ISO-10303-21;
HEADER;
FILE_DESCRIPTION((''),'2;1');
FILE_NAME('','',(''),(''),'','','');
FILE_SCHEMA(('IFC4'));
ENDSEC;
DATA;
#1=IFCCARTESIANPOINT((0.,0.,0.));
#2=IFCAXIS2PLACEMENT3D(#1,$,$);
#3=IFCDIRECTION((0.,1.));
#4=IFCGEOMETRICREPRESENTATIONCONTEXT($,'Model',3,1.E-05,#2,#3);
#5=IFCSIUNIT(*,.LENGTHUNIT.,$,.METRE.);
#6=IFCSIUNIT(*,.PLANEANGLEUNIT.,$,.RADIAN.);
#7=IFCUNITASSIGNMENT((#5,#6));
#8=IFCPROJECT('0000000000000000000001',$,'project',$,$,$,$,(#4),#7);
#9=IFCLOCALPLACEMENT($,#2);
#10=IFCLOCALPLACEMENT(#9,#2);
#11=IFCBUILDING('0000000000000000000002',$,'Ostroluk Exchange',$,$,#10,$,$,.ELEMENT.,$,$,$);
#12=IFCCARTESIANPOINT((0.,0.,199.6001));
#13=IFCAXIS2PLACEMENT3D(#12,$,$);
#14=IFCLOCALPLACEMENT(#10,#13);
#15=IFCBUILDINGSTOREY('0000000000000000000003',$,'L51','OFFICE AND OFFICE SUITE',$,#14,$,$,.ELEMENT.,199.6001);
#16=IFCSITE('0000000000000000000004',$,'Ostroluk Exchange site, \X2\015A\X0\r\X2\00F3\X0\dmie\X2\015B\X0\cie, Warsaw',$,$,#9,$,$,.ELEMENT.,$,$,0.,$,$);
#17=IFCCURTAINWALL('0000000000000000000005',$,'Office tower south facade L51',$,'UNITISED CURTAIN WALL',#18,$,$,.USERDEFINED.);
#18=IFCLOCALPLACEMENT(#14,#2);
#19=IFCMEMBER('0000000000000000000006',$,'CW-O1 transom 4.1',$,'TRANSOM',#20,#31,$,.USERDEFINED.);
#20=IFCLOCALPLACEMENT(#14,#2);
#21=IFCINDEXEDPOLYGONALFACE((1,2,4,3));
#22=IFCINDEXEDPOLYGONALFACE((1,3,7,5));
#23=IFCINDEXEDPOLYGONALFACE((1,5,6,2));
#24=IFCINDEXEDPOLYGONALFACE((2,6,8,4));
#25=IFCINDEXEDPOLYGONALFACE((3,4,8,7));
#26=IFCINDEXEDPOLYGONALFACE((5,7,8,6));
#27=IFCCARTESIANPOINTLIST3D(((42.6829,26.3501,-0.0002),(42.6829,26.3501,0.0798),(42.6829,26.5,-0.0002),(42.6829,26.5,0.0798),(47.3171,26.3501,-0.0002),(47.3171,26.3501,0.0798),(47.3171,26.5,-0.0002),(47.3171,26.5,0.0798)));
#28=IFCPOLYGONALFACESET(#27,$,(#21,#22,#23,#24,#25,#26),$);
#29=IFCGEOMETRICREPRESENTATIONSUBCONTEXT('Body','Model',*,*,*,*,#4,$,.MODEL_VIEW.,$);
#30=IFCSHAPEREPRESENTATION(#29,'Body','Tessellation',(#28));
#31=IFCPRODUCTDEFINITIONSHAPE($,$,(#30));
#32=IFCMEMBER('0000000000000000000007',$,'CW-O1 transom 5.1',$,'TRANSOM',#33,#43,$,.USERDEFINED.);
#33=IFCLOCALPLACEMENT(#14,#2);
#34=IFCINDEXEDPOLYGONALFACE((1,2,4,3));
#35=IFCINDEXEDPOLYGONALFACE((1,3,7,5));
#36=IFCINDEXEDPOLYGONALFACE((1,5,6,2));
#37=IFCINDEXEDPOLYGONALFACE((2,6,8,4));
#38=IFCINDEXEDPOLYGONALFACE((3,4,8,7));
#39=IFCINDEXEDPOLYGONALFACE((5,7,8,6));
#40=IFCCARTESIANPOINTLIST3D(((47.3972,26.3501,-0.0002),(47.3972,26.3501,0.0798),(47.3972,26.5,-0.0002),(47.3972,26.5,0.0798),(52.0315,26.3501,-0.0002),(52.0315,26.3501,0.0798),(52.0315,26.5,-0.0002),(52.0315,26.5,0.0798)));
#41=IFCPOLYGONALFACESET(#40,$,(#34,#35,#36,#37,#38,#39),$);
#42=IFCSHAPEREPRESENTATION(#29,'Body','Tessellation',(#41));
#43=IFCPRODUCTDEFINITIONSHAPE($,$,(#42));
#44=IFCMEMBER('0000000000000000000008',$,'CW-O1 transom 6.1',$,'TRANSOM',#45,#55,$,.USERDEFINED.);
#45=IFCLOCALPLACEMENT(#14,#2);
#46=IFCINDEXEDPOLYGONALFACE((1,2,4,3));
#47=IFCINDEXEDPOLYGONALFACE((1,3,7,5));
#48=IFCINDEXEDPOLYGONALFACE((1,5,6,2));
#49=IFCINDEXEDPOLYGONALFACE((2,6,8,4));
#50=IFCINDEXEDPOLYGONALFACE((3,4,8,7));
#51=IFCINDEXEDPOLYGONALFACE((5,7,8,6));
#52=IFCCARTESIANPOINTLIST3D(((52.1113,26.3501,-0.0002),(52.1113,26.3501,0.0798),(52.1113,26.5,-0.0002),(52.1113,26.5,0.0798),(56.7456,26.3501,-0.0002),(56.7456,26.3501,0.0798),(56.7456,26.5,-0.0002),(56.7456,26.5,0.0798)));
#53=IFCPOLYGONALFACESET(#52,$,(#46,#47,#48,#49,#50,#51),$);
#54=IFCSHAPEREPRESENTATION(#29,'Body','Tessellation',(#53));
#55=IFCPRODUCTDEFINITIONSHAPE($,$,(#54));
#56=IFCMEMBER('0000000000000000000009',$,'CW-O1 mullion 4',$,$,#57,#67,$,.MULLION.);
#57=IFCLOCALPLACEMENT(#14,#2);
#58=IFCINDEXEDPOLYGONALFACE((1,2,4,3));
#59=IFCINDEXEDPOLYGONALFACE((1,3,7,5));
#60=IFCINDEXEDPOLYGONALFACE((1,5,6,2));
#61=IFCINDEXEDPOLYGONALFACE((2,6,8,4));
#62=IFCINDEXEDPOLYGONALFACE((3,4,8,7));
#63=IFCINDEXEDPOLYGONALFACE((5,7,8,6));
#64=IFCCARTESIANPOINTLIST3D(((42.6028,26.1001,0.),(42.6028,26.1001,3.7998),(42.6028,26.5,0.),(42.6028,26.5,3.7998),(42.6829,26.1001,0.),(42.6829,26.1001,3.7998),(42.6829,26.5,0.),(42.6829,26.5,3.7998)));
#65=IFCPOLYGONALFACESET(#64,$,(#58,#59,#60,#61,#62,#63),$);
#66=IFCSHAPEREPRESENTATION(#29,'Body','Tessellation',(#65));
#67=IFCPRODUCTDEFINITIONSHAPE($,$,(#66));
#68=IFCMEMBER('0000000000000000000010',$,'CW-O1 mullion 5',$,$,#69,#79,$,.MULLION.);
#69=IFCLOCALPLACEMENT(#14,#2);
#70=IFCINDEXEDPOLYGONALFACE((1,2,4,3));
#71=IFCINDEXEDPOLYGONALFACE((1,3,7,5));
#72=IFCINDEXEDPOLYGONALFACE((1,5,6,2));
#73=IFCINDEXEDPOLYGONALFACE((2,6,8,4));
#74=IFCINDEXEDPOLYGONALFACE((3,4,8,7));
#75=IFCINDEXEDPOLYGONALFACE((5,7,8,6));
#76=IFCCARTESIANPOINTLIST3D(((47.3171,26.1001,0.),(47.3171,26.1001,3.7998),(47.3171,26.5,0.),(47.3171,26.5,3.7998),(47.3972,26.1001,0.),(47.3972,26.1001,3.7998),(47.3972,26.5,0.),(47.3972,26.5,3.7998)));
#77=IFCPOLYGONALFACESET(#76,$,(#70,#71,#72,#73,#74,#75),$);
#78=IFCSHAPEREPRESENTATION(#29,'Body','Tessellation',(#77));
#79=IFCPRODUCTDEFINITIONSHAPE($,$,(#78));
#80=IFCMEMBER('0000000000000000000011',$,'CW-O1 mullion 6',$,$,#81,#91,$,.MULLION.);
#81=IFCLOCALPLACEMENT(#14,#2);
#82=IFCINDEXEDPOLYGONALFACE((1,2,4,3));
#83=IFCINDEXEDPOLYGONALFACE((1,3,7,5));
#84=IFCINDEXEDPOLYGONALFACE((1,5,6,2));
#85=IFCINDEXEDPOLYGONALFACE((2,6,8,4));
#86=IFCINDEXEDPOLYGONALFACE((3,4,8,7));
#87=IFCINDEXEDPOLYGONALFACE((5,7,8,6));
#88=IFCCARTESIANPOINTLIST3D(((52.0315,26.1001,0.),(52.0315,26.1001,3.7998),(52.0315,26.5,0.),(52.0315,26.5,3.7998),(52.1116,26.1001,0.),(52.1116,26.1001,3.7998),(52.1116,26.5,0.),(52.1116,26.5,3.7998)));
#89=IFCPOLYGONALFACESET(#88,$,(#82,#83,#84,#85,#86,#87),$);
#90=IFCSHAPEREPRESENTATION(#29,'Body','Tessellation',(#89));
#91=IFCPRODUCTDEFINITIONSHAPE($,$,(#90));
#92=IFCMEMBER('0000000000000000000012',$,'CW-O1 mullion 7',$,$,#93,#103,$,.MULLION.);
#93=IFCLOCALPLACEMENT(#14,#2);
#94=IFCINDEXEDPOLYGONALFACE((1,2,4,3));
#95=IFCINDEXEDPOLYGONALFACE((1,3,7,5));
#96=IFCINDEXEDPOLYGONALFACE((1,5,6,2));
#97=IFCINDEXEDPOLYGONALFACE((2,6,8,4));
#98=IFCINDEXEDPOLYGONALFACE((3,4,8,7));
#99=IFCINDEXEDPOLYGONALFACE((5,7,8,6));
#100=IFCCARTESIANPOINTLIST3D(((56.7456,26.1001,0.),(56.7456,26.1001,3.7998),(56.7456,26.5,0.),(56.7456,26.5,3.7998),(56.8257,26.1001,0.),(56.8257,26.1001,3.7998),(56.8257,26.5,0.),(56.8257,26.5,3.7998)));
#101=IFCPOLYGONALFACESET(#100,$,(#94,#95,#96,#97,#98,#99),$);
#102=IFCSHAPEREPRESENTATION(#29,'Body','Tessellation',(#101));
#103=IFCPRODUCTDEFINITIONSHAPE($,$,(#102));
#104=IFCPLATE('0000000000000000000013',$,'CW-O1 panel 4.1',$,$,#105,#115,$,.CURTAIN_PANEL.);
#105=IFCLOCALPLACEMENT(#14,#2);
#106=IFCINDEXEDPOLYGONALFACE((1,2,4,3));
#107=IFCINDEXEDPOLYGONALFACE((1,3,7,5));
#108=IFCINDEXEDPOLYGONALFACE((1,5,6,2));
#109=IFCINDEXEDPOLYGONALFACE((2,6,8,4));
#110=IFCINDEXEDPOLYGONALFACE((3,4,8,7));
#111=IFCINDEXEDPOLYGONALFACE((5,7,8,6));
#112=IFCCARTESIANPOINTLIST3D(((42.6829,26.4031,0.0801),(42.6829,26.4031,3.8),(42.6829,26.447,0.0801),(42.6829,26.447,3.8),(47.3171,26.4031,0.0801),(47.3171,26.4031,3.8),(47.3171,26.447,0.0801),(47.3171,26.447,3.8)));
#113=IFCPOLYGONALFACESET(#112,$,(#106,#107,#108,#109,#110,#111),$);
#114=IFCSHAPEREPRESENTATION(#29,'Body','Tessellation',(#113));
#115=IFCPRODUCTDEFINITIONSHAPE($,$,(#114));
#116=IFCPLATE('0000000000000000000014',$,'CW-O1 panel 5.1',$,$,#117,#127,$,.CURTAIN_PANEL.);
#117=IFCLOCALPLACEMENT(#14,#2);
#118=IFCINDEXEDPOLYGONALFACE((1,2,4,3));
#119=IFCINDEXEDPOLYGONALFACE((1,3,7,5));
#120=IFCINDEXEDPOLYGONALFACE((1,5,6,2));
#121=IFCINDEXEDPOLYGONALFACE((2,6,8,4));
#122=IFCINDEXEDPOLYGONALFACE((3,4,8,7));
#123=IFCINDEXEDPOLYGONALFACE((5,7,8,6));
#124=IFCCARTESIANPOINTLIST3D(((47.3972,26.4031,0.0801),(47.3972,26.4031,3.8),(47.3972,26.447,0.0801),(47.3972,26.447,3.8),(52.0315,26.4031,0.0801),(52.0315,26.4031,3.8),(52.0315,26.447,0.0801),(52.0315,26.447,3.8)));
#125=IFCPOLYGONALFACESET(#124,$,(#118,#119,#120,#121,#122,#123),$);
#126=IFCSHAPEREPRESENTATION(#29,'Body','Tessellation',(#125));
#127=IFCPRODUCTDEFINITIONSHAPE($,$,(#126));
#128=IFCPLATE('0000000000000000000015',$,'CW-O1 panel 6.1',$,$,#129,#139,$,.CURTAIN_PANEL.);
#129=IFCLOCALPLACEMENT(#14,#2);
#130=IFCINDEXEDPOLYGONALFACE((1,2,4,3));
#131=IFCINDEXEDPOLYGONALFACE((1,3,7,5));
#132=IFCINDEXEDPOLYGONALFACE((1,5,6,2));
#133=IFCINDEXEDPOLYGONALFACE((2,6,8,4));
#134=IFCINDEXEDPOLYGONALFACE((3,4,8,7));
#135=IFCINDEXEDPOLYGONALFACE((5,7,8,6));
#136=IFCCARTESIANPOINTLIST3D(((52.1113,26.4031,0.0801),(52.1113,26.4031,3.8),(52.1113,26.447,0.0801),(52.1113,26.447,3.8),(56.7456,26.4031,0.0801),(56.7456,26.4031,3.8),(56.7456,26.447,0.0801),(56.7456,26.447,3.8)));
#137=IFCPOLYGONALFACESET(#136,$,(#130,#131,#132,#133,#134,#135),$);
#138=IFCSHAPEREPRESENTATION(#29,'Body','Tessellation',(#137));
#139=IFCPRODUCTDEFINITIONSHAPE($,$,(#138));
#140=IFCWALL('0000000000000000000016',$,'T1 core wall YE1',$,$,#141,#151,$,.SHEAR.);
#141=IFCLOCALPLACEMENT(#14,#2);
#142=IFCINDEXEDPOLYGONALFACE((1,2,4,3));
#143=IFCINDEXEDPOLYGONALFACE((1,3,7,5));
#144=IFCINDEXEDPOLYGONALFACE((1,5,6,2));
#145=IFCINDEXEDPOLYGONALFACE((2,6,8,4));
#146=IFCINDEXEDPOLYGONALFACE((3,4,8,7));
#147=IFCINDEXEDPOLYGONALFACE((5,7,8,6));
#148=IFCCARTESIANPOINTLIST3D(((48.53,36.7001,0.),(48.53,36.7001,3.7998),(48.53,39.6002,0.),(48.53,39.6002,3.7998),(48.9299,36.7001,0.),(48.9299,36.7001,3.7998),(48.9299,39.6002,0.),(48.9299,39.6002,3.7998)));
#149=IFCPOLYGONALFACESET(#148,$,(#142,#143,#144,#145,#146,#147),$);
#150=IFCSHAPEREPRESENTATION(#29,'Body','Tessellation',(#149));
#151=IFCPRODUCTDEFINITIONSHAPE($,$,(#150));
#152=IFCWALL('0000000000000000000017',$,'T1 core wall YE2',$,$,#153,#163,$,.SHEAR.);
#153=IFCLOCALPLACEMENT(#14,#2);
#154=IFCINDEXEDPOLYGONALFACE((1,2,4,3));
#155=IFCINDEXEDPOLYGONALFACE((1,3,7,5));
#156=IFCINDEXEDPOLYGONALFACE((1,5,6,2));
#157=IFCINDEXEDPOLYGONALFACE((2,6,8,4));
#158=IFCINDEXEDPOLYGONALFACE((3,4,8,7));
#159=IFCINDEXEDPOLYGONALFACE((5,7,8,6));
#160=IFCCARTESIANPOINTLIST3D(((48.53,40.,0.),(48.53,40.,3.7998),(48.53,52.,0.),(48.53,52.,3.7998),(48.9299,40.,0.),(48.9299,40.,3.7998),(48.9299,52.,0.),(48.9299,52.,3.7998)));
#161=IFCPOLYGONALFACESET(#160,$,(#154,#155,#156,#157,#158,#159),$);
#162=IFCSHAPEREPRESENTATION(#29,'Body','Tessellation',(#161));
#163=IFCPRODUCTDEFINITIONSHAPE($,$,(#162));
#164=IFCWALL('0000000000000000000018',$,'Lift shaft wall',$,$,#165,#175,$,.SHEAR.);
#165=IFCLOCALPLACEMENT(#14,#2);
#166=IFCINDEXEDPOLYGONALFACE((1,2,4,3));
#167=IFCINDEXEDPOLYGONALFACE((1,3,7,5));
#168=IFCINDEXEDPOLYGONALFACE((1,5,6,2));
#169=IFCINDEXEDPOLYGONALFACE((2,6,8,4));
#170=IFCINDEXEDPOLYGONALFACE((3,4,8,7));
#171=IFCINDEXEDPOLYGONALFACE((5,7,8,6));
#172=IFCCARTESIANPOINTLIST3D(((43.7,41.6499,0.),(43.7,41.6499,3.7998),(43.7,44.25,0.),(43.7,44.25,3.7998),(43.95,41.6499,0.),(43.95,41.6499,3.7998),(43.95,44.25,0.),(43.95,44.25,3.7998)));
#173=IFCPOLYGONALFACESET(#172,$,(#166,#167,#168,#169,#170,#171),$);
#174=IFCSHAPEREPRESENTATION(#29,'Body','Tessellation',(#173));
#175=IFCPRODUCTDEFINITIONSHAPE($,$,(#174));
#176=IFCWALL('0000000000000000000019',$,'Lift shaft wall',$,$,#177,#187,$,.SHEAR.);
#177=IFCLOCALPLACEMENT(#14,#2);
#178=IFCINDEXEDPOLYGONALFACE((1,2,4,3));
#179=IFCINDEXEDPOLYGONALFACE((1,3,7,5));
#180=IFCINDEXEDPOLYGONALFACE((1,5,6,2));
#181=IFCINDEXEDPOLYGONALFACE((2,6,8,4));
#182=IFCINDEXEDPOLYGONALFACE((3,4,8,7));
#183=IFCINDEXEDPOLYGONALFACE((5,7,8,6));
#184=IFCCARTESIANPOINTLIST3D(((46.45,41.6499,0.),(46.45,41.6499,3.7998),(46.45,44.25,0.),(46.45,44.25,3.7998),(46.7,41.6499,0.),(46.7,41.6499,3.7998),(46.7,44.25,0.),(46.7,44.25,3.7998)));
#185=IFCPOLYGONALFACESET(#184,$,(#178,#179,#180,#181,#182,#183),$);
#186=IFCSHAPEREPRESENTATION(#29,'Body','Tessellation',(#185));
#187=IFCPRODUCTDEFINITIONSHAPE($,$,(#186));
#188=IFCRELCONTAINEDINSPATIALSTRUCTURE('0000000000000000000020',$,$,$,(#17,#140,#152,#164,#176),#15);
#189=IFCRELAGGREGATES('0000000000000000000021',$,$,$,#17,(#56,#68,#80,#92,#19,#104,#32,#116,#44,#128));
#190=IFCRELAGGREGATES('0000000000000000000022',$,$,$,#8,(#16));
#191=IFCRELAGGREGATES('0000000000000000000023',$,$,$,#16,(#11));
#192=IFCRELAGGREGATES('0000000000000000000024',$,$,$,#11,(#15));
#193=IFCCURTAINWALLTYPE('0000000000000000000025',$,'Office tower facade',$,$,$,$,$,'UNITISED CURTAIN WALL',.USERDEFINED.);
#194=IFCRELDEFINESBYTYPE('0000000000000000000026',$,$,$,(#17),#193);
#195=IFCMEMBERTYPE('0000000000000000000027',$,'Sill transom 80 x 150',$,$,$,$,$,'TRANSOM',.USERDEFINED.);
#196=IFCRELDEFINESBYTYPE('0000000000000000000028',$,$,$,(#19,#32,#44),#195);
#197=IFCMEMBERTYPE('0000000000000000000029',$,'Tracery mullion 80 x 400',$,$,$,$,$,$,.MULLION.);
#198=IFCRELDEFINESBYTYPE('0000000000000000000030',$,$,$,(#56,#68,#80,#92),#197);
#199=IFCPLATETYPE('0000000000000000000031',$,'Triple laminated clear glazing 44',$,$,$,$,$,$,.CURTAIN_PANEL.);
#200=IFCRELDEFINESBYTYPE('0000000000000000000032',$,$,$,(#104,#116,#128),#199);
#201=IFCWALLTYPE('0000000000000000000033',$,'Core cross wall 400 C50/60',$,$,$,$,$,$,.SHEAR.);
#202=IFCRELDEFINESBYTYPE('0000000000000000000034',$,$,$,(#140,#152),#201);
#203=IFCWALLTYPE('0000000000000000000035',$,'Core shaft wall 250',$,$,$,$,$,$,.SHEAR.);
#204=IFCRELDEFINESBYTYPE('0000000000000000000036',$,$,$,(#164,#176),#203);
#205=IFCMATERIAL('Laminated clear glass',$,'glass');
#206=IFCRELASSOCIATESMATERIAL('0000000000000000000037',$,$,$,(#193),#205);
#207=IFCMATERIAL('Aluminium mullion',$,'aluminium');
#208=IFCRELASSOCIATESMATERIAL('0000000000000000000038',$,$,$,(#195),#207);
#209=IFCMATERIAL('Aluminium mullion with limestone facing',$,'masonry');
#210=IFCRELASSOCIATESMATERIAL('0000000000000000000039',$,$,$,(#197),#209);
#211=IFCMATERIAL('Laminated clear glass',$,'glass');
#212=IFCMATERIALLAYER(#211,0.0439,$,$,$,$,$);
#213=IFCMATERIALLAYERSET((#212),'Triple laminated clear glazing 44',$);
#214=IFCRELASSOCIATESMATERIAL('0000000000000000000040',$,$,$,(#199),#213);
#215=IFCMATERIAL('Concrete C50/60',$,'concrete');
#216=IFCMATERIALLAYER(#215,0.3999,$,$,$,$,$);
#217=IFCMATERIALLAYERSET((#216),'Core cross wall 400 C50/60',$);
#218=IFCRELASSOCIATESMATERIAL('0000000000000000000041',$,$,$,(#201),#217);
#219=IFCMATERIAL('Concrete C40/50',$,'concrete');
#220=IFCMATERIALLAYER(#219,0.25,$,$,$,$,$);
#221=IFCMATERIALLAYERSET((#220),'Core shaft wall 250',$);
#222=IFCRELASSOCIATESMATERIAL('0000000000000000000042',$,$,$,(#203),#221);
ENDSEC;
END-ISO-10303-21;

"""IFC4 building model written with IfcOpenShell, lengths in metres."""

from ifc_helpers import new_model, si_unit, direction, frame, frame_2d, origin, origin_2d, place, context, subcontext, project, spatial, rectangle, extrude, material, layer, layer_set, material_profile, profile_set, type_object, element, aggregate, save


model = new_model("IFC4")

# Units and contexts
model_context = context("Model", 3, precision=1e-05, world=origin(), true_north=direction((0.0, 1.0)))
body_context = subcontext(model_context, "Body", "Model", "MODEL_VIEW")
ifc_project = project(units=[si_unit("LENGTHUNIT", "METRE"), si_unit("PLANEANGLEUNIT", "RADIAN")], contexts=[model_context])

# Site, building, storey
site_placement = place(None, origin())
site = spatial("IfcSite", under=ifc_project, at=site_placement, Name="Ostroluk Exchange site, Śródmieście, Warsaw", CompositionType="ELEMENT", RefElevation=0.0)
building_placement = place(site_placement, origin())
building = spatial("IfcBuilding", under=site, at=building_placement, Name="Ostroluk Exchange", CompositionType="ELEMENT")
storey_placement = place(building_placement, frame((0.0, 0.0, 199.6001)))
storey = spatial("IfcBuildingStorey", under=building, at=storey_placement, Name="L51", Description="OFFICE AND OFFICE SUITE", CompositionType="ELEMENT", Elevation=199.6001)

# Curtain wall, members, plates
ifc_material_1 = material(Name="Laminated clear glass", Category="glass")
curtain_wall_type = type_object("IfcCurtainWallType", Name="Office tower facade", ElementType="UNITISED CURTAIN WALL", PredefinedType="USERDEFINED", material=ifc_material_1)
curtain_wall_placement = place(storey_placement, origin())
curtain_wall = element("IfcCurtainWall", 1, at=curtain_wall_placement, inside=storey, type_object=curtain_wall_type, Name="Office tower south facade L51", ObjectType="UNITISED CURTAIN WALL", PredefinedType="USERDEFINED")
ifc_material_2 = material(Name="Aluminium mullion", Category="aluminium")
ifc_material_profile_1 = material_profile(ifc_material_2, rectangle(XDim=0.1499, YDim=0.0801, at=origin_2d()), Name="Sill transom 80 x 150")
ifc_profile_set_1 = profile_set([ifc_material_profile_1], Name="Aluminium mullion")
member_type_1 = type_object("IfcMemberType", Name="Sill transom 80 x 150", ElementType="TRANSOM", PredefinedType="USERDEFINED", material=ifc_profile_set_1)
member_1_placement = place(storey_placement, frame((42.6829, 26.425, 0.0398), z_axis=(1.0, 0.0, 0.0), x_axis=(0.0, 1.0, 0.0)))
member_1 = element("IfcMember", 2, at=member_1_placement, type_object=member_type_1, Name="CW-O1 transom 4.1", ObjectType="TRANSOM", PredefinedType="USERDEFINED", context=body_context, shape_type="SweptSolid", body=[
    extrude(rectangle(XDim=0.1499, YDim=0.0801, at=origin_2d()), origin(), (0.0, 0.0, 1.0), 4.6343),
])
member_2_placement = place(storey_placement, frame((47.3972, 26.425, 0.0398), z_axis=(1.0, 0.0, 0.0), x_axis=(0.0, 1.0, 0.0)))
member_2 = element("IfcMember", 3, at=member_2_placement, type_object=member_type_1, Name="CW-O1 transom 5.1", ObjectType="TRANSOM", PredefinedType="USERDEFINED", context=body_context, shape_type="SweptSolid", body=[
    extrude(rectangle(XDim=0.1499, YDim=0.0801, at=origin_2d()), origin(), (0.0, 0.0, 1.0), 4.6343),
])
member_3_placement = place(storey_placement, frame((52.1113, 26.425, 0.0398), z_axis=(1.0, 0.0, 0.0), x_axis=(0.0, 1.0, 0.0)))
member_3 = element("IfcMember", 4, at=member_3_placement, type_object=member_type_1, Name="CW-O1 transom 6.1", ObjectType="TRANSOM", PredefinedType="USERDEFINED", context=body_context, shape_type="SweptSolid", body=[
    extrude(rectangle(XDim=0.1499, YDim=0.0801, at=origin_2d()), origin(), (0.0, 0.0, 1.0), 4.6343),
])
ifc_material_3 = material(Name="Aluminium mullion with limestone facing", Category="masonry")
ifc_material_profile_2 = material_profile(ifc_material_3, rectangle(XDim=0.3999, YDim=0.0801, at=origin_2d()), Name="Tracery mullion 80 x 400")
ifc_profile_set_2 = profile_set([ifc_material_profile_2], Name="Aluminium mullion with limestone facing")
member_type_2 = type_object("IfcMemberType", Name="Tracery mullion 80 x 400", PredefinedType="MULLION", material=ifc_profile_set_2)
member_4_placement = place(storey_placement, frame((42.6428, 26.3, 0.0), z_axis=(0.0, 0.0, 1.0), x_axis=(0.0, 1.0, 0.0)))
member_4 = element("IfcMember", 5, at=member_4_placement, type_object=member_type_2, Name="CW-O1 mullion 4", PredefinedType="MULLION", context=body_context, shape_type="SweptSolid", body=[
    extrude(rectangle(XDim=0.3999, YDim=0.0801, at=origin_2d()), origin(), (0.0, 0.0, 1.0), 3.7998),
])
member_5_placement = place(storey_placement, frame((47.3572, 26.3, 0.0), z_axis=(0.0, 0.0, 1.0), x_axis=(0.0, 1.0, 0.0)))
member_5 = element("IfcMember", 6, at=member_5_placement, type_object=member_type_2, Name="CW-O1 mullion 5", PredefinedType="MULLION", context=body_context, shape_type="SweptSolid", body=[
    extrude(rectangle(XDim=0.3999, YDim=0.0801, at=origin_2d()), origin(), (0.0, 0.0, 1.0), 3.7998),
])
member_6_placement = place(storey_placement, frame((52.0715, 26.3, 0.0), z_axis=(0.0, 0.0, 1.0), x_axis=(0.0, 1.0, 0.0)))
member_6 = element("IfcMember", 7, at=member_6_placement, type_object=member_type_2, Name="CW-O1 mullion 6", PredefinedType="MULLION", context=body_context, shape_type="SweptSolid", body=[
    extrude(rectangle(XDim=0.3999, YDim=0.0801, at=origin_2d()), origin(), (0.0, 0.0, 1.0), 3.7998),
])
member_7_placement = place(storey_placement, frame((56.7856, 26.3, 0.0), z_axis=(0.0, 0.0, 1.0), x_axis=(0.0, 1.0, 0.0)))
member_7 = element("IfcMember", 8, at=member_7_placement, type_object=member_type_2, Name="CW-O1 mullion 7", PredefinedType="MULLION", context=body_context, shape_type="SweptSolid", body=[
    extrude(rectangle(XDim=0.3999, YDim=0.0801, at=origin_2d()), origin(), (0.0, 0.0, 1.0), 3.7998),
])
ifc_material_4 = material(Name="Laminated clear glass", Category="glass")
ifc_layer_1 = layer(ifc_material_4, 0.0439)
ifc_layer_set_1 = layer_set([ifc_layer_1], Name="Triple laminated clear glazing 44")
plate_type = type_object("IfcPlateType", Name="Triple laminated clear glazing 44", PredefinedType="CURTAIN_PANEL", material=ifc_layer_set_1)
plate_1_placement = place(storey_placement, frame((45.0, 26.425, 0.0801), z_axis=(0.0, 0.0, 1.0), x_axis=(1.0, 0.0, 0.0)))
plate_1 = element("IfcPlate", 9, at=plate_1_placement, type_object=plate_type, Name="CW-O1 panel 4.1", PredefinedType="CURTAIN_PANEL", context=body_context, shape_type="SweptSolid", body=[
    extrude(rectangle(XDim=4.6343, YDim=0.0439, at=origin_2d()), origin(), (0.0, 0.0, 1.0), 3.72),
])
plate_2_placement = place(storey_placement, frame((49.7144, 26.425, 0.0801), z_axis=(0.0, 0.0, 1.0), x_axis=(1.0, 0.0, 0.0)))
plate_2 = element("IfcPlate", 10, at=plate_2_placement, type_object=plate_type, Name="CW-O1 panel 5.1", PredefinedType="CURTAIN_PANEL", context=body_context, shape_type="SweptSolid", body=[
    extrude(rectangle(XDim=4.6343, YDim=0.0439, at=origin_2d()), origin(), (0.0, 0.0, 1.0), 3.72),
])
plate_3_placement = place(storey_placement, frame((54.4285, 26.425, 0.0801), z_axis=(0.0, 0.0, 1.0), x_axis=(1.0, 0.0, 0.0)))
plate_3 = element("IfcPlate", 11, at=plate_3_placement, type_object=plate_type, Name="CW-O1 panel 6.1", PredefinedType="CURTAIN_PANEL", context=body_context, shape_type="SweptSolid", body=[
    extrude(rectangle(XDim=4.6343, YDim=0.0439, at=origin_2d()), origin(), (0.0, 0.0, 1.0), 3.72),
])
aggregate(curtain_wall, [member_4, member_5, member_6, member_7, member_1, plate_1, member_2, plate_2, member_3, plate_3])

# Walls
ifc_material_5 = material(Name="Concrete C50/60", Category="concrete")
ifc_layer_2 = layer(ifc_material_5, 0.3999)
ifc_layer_set_2 = layer_set([ifc_layer_2], Name="Core cross wall 400 C50/60")
wall_type_1 = type_object("IfcWallType", Name="Core cross wall 400 C50/60", PredefinedType="SHEAR", material=ifc_layer_set_2)
wall_1_placement = place(storey_placement, frame((48.73, 36.7, 0.0), z_axis=(0.0, 0.0, 1.0), x_axis=(0.0, 1.0, 0.0)))
element("IfcWall", 12, at=wall_1_placement, inside=storey, type_object=wall_type_1, Name="T1 core wall YE1", PredefinedType="SHEAR", context=body_context, shape_type="SweptSolid", body=[
    extrude(rectangle(XDim=2.9001, YDim=0.3999, at=frame_2d((1.4502, 0.0))), origin(), (0.0, 0.0, 1.0), 3.7998),
])
wall_2_placement = place(storey_placement, frame((48.73, 40.0, 0.0), z_axis=(0.0, 0.0, 1.0), x_axis=(0.0, 1.0, 0.0)))
element("IfcWall", 13, at=wall_2_placement, inside=storey, type_object=wall_type_1, Name="T1 core wall YE2", PredefinedType="SHEAR", context=body_context, shape_type="SweptSolid", body=[
    extrude(rectangle(XDim=12.0, YDim=0.3999, at=frame_2d((6.0, 0.0))), origin(), (0.0, 0.0, 1.0), 3.7998),
])

# Shared definitions
ifc_material_6 = material(Name="Concrete C40/50", Category="concrete")
ifc_layer_3 = layer(ifc_material_6, 0.25)
ifc_layer_set_3 = layer_set([ifc_layer_3], Name="Core shaft wall 250")
wall_type_2 = type_object("IfcWallType", Name="Core shaft wall 250", PredefinedType="SHEAR", material=ifc_layer_set_3)

# Walls
for number, where, z_axis, x_axis, name in (
    (14, (43.825, 44.25, 0.0), (0.0, 0.0, 1.0), (0.0, -1.0, 0.0), "Lift shaft wall"),
    (15, (46.575, 44.25, 0.0), (0.0, 0.0, 1.0), (0.0, -1.0, 0.0), "Lift shaft wall"),
):
    element("IfcWall", number, at=place(storey_placement, frame(where, z_axis=z_axis, x_axis=x_axis)), inside=storey, type_object=wall_type_2, Name=name, PredefinedType="SHEAR", context=body_context, shape_type="SweptSolid", body=[
        extrude(rectangle(XDim=2.6001, YDim=0.25, at=frame_2d((1.3, 0.0))), origin(), (0.0, 0.0, 1.0), 3.7998),
    ])

save(model, "model.ifc")
